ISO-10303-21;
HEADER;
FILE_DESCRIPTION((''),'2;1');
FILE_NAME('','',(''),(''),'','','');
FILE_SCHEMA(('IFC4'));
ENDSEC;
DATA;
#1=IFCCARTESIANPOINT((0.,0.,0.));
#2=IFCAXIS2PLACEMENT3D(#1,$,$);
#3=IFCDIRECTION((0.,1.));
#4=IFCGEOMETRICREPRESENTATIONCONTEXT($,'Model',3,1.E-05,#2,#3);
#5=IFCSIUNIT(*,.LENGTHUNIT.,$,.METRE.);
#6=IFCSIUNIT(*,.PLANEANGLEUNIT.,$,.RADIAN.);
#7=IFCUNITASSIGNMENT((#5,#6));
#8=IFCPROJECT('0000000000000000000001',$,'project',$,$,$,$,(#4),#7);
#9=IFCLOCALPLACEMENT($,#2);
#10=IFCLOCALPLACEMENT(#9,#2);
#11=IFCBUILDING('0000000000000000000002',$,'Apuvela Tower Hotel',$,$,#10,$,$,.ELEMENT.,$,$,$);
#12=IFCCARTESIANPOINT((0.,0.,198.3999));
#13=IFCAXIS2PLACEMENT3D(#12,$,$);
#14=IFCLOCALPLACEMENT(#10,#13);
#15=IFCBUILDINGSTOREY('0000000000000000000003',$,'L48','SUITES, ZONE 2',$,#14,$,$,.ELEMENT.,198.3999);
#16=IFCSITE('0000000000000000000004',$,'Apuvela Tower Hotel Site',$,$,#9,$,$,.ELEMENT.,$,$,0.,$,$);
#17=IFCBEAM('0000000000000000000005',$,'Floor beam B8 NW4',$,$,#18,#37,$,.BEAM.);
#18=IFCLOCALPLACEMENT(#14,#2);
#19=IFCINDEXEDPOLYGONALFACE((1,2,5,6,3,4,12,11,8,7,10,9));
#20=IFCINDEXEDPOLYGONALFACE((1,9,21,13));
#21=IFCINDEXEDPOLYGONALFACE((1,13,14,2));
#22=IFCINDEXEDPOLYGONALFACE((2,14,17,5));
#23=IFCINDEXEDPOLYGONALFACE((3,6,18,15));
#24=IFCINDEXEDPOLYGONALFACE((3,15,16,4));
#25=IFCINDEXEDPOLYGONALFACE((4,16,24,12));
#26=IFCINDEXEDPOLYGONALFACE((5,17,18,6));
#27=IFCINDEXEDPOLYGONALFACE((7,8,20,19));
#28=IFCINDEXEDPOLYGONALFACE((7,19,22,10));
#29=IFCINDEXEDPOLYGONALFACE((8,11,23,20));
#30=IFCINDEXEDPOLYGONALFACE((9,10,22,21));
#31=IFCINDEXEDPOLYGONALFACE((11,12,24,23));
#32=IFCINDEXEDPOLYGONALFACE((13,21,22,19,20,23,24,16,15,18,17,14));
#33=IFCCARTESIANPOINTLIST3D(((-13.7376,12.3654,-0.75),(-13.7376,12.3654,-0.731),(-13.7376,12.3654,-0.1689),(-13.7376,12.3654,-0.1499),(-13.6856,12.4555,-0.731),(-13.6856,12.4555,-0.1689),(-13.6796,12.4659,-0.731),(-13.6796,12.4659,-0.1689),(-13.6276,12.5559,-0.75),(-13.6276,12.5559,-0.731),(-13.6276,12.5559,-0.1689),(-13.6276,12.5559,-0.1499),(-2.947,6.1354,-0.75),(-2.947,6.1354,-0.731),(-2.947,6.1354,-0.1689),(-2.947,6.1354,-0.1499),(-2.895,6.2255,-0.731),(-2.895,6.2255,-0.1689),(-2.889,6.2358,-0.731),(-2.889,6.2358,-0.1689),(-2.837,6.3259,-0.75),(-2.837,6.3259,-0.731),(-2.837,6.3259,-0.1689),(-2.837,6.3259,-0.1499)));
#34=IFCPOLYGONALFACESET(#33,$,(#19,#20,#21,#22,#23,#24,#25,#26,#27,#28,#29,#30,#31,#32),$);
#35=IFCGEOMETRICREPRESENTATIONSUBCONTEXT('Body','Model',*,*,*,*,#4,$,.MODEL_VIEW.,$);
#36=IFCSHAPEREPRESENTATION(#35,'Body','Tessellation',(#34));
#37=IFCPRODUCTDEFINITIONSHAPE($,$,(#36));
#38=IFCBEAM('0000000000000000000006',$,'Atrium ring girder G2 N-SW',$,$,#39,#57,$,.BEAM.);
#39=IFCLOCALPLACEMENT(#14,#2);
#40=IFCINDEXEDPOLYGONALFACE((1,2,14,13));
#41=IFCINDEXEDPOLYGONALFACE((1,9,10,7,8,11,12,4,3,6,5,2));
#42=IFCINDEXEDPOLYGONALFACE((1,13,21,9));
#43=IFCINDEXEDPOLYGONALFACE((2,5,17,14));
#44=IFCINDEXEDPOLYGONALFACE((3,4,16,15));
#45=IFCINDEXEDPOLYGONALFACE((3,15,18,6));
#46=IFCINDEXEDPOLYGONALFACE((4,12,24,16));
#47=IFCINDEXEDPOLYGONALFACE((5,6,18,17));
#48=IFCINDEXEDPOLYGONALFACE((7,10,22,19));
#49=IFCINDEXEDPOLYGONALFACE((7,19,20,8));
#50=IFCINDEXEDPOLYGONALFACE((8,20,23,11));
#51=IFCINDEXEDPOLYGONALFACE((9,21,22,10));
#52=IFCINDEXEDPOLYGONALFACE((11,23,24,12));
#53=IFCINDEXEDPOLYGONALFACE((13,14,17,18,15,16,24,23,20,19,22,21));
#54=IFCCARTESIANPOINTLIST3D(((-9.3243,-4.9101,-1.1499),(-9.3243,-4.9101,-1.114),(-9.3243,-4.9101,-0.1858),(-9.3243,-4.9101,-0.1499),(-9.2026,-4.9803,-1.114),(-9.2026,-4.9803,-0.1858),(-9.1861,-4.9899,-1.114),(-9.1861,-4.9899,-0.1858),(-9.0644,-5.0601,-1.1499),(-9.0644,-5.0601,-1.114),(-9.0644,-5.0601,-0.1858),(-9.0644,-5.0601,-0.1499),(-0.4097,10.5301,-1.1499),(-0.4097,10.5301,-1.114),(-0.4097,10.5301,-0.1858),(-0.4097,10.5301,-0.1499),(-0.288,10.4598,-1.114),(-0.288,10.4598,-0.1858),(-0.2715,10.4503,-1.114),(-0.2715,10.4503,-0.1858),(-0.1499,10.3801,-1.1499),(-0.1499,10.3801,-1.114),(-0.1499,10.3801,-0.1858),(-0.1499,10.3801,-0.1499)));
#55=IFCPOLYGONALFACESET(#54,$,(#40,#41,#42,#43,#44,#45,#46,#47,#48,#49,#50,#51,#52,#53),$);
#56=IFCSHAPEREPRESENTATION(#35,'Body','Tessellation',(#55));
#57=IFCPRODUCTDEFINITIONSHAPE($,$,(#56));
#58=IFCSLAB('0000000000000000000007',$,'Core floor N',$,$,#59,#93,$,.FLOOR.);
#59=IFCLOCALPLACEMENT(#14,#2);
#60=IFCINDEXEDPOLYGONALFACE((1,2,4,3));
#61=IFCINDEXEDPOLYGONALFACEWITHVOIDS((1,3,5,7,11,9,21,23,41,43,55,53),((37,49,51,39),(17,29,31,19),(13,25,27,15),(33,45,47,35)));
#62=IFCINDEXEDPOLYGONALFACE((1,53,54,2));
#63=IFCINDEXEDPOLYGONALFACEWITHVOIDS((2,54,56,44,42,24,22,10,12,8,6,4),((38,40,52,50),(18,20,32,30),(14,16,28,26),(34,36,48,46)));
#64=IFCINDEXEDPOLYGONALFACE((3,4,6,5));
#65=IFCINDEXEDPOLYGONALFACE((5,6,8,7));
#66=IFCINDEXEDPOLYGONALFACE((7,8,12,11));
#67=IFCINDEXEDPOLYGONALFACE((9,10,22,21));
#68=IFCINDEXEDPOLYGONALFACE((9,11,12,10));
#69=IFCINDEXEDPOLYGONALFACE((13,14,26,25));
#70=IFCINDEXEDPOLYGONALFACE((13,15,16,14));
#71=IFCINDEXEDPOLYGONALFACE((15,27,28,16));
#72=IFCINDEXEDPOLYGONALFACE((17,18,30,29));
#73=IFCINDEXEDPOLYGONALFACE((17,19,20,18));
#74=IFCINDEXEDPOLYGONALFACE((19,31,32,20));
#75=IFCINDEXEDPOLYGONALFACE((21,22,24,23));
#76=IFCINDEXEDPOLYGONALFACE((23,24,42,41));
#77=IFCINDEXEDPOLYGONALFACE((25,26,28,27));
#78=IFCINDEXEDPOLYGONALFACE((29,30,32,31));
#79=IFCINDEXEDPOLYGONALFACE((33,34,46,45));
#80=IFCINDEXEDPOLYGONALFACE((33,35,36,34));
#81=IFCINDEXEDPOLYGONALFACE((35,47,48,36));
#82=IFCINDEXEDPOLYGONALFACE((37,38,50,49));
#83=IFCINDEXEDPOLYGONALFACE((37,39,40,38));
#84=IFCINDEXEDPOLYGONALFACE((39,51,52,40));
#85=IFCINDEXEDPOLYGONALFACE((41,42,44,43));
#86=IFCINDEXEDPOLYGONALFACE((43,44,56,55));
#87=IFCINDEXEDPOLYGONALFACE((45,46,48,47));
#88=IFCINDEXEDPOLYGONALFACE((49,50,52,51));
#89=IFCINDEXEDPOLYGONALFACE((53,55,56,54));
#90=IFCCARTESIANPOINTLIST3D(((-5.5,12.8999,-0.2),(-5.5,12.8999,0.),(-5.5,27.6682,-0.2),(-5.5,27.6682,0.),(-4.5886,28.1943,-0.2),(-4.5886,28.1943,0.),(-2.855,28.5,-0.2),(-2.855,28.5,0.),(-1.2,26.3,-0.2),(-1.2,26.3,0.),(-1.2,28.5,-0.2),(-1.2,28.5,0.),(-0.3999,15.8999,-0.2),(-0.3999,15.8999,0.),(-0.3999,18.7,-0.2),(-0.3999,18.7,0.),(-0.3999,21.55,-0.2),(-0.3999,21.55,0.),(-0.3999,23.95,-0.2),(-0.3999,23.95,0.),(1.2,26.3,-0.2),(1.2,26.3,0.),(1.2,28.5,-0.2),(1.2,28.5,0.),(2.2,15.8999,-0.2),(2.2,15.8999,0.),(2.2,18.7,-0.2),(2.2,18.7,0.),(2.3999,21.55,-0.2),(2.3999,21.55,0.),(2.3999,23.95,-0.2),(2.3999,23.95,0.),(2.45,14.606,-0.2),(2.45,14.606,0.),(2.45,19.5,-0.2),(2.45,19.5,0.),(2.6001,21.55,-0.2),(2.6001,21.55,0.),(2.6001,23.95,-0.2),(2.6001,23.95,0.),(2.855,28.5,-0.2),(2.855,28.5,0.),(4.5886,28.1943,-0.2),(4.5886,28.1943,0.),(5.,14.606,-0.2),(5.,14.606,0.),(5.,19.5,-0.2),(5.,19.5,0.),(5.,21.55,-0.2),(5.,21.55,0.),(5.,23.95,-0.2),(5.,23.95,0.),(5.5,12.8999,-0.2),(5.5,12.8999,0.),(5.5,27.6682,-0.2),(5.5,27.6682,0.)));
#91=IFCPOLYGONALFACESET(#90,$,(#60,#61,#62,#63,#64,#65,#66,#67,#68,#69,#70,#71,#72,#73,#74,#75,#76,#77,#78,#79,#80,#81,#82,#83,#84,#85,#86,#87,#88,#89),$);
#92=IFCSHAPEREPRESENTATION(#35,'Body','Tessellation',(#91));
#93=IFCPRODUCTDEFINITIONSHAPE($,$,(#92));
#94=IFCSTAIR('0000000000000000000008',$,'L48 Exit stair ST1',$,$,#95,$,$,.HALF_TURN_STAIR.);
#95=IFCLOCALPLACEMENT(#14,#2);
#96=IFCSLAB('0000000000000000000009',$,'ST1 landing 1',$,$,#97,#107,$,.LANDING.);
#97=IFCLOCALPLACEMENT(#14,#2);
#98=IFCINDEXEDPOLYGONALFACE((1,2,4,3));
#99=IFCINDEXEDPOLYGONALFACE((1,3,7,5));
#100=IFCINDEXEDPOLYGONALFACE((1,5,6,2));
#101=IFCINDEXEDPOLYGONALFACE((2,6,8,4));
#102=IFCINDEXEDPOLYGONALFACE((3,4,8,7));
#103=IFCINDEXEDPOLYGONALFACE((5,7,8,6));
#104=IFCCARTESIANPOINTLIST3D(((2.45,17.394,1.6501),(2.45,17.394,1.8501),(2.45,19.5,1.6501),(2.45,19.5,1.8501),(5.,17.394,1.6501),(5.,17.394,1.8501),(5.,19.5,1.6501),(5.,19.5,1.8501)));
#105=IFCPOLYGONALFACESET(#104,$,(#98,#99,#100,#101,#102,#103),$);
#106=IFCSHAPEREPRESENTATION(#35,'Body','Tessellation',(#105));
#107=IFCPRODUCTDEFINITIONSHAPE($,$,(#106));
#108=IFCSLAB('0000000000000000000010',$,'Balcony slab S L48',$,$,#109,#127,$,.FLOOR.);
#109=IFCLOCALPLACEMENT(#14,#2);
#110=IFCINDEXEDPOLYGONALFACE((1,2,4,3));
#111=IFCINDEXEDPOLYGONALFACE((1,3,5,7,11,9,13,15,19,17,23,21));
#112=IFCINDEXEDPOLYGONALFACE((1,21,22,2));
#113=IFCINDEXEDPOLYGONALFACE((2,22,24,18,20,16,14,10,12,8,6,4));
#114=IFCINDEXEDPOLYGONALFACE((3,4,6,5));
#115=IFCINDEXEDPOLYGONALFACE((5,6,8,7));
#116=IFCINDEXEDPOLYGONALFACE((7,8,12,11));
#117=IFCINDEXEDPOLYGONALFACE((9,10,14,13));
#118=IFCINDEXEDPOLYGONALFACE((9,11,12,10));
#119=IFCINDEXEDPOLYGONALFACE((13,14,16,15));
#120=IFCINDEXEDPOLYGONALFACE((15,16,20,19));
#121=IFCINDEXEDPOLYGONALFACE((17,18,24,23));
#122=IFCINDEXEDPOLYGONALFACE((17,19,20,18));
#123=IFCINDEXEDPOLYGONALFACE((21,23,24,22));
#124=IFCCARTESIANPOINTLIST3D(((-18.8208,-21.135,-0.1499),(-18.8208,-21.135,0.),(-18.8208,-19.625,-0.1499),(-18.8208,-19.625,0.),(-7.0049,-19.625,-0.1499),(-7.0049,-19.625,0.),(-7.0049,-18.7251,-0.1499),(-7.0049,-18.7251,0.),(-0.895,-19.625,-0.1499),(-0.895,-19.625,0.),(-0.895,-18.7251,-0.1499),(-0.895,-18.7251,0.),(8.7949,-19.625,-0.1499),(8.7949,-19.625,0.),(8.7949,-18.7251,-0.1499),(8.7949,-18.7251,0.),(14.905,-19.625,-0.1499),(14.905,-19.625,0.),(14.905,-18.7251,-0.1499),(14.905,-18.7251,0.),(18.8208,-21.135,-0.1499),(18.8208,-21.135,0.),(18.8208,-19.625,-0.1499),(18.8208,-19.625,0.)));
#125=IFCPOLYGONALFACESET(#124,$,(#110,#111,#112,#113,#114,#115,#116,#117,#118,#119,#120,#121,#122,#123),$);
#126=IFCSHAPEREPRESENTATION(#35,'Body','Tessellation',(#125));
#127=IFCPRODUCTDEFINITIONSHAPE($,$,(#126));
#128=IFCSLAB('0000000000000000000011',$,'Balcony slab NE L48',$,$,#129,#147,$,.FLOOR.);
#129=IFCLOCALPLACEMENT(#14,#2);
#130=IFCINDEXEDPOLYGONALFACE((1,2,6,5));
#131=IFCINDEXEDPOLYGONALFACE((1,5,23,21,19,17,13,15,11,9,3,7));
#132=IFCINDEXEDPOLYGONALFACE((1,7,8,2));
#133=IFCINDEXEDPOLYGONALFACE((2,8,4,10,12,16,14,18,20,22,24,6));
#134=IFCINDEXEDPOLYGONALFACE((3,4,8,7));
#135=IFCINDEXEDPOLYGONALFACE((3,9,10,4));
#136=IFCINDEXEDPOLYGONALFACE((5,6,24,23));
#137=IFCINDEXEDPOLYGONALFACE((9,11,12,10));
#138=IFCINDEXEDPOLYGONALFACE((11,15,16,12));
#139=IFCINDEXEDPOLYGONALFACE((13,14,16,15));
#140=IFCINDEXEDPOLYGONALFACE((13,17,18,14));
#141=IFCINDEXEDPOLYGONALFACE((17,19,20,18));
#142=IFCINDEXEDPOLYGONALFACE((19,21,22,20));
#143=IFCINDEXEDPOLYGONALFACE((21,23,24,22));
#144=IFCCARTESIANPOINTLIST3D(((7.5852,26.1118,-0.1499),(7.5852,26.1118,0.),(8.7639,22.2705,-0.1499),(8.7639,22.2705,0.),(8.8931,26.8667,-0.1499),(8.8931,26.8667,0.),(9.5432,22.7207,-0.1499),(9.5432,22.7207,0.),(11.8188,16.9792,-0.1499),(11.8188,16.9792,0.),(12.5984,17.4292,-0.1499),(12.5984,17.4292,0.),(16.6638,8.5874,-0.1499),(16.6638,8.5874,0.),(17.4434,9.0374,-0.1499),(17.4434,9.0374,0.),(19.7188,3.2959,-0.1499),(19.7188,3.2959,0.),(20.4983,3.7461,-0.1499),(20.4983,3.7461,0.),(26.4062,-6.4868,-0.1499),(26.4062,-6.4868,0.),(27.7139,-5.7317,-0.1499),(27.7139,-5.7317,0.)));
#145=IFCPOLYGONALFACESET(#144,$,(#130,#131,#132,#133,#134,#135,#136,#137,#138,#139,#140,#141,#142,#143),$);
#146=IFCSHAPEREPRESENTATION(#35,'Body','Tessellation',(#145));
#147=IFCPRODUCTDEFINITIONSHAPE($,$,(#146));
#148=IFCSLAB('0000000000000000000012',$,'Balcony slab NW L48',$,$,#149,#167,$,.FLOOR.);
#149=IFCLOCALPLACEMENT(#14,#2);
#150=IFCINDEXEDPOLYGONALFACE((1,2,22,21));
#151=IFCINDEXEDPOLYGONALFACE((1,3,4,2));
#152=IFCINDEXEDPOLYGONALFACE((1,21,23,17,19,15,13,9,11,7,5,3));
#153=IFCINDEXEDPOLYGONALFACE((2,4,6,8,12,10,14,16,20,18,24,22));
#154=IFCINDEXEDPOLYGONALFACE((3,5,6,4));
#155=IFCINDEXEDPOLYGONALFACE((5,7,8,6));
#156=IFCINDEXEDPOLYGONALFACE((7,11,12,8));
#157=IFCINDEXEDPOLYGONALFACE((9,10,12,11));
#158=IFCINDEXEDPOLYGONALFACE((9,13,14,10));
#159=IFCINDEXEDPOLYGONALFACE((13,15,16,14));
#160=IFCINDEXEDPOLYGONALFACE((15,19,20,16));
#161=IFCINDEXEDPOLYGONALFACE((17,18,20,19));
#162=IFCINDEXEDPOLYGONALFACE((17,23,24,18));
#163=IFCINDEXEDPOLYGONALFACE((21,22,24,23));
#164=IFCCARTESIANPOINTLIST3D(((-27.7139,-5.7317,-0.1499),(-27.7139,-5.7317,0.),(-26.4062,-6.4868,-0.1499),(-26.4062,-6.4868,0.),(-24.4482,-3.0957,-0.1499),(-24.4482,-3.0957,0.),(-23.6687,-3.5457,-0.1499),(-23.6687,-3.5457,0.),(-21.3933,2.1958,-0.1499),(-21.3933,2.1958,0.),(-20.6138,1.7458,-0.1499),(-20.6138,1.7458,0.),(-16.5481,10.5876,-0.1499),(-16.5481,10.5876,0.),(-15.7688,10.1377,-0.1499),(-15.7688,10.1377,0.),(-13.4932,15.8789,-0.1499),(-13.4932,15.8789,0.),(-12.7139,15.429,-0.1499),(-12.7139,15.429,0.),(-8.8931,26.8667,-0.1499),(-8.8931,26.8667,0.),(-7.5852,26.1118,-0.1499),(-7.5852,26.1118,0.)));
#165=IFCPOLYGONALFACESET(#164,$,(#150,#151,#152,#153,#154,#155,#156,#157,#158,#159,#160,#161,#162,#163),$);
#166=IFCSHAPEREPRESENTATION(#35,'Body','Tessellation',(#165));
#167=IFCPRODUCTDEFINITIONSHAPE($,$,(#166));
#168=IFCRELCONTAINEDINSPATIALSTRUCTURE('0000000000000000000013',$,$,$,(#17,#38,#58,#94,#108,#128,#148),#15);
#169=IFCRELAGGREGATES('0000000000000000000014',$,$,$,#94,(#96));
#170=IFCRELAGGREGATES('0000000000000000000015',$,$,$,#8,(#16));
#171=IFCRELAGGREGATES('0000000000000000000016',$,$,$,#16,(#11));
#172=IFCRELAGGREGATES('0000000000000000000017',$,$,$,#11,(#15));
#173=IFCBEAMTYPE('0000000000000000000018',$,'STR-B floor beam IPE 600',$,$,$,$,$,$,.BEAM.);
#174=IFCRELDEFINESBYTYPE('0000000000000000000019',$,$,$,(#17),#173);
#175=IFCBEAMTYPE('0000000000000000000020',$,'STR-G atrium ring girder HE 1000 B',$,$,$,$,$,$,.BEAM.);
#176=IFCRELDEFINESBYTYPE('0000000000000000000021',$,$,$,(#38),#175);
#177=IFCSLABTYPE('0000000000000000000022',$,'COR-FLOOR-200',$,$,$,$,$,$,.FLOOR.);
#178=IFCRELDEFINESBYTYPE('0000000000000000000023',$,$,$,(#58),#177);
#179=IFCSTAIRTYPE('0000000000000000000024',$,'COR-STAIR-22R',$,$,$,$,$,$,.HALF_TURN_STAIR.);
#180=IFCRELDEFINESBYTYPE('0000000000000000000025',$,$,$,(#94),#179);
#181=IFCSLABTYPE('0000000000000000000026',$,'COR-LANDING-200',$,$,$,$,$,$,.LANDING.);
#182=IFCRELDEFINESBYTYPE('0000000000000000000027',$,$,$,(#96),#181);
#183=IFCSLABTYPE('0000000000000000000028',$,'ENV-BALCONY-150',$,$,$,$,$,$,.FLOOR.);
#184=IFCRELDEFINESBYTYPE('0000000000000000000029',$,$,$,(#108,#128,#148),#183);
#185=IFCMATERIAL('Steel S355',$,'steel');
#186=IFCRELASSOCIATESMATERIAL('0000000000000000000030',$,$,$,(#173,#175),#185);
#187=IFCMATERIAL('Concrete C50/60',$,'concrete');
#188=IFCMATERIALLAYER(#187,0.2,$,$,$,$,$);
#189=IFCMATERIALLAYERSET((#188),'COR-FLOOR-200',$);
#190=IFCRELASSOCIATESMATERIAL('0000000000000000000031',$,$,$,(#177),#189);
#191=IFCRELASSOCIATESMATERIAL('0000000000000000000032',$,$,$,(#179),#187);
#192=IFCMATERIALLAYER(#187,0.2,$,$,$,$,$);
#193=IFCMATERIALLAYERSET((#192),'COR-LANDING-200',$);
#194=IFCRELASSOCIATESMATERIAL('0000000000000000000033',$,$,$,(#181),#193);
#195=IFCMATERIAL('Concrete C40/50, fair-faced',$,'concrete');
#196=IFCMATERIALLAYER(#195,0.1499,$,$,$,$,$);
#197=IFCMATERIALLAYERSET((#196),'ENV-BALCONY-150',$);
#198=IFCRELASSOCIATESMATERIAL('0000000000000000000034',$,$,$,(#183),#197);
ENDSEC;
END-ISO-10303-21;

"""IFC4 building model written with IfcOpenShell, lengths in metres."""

from ifc_helpers import new_model, si_unit, direction, frame, origin, origin_2d, place, context, subcontext, project, spatial, polyline, i_section, outline, extrude, material, layer, layer_set, material_profile, profile_set, type_object, element, aggregate, save


model = new_model("IFC4")

# Units and contexts
model_context = context("Model", 3, precision=1e-05, world=origin(), true_north=direction((0.0, 1.0)))
body_context = subcontext(model_context, "Body", "Model", "MODEL_VIEW")
ifc_project = project(units=[si_unit("LENGTHUNIT", "METRE"), si_unit("PLANEANGLEUNIT", "RADIAN")], contexts=[model_context])

# Site, building, storey
site_placement = place(None, origin())
site = spatial("IfcSite", under=ifc_project, at=site_placement, Name="Apuvela Tower Hotel Site", CompositionType="ELEMENT", RefElevation=0.0)
building_placement = place(site_placement, origin())
building = spatial("IfcBuilding", under=site, at=building_placement, Name="Apuvela Tower Hotel", CompositionType="ELEMENT")
storey_placement = place(building_placement, frame((0.0, 0.0, 198.3999)))
storey = spatial("IfcBuildingStorey", under=building, at=storey_placement, Name="L48", Description="SUITES, ZONE 2", CompositionType="ELEMENT", Elevation=198.3999)

# Beams
ifc_material_1 = material(Name="Steel S355", Category="steel")
ifc_material_profile_1 = material_profile(ifc_material_1, i_section(OverallWidth=0.22, OverallDepth=0.6001, WebThickness=0.012, FlangeThickness=0.019, at=origin_2d()), Name="IPE 600")
ifc_profile_set_1 = profile_set([ifc_material_profile_1], Name="Steel S355")
beam_type_1 = type_object("IfcBeamType", Name="STR-B floor beam IPE 600", PredefinedType="BEAM", material=ifc_profile_set_1)
beam_1_placement = place(storey_placement, frame((-13.6826, 12.4607, -0.45), z_axis=(0.866023, -0.500004, 0.0), x_axis=(0.500004, 0.866023, 0.0)))
element("IfcBeam", 1, at=beam_1_placement, inside=storey, type_object=beam_type_1, Name="Floor beam B8 NW4", PredefinedType="BEAM", context=body_context, shape_type="SweptSolid", body=[
    extrude(i_section(OverallWidth=0.22, OverallDepth=0.6001, WebThickness=0.012, FlangeThickness=0.019, at=origin_2d()), origin(), (0.0, 0.0, 1.0), 12.46),
])
ifc_material_profile_2 = material_profile(ifc_material_1, i_section(OverallWidth=0.3, OverallDepth=1.0, WebThickness=0.019, FlangeThickness=0.0359, at=origin_2d()), Name="HE 1000 B")
ifc_profile_set_2 = profile_set([ifc_material_profile_2], Name="Steel S355")
beam_type_2 = type_object("IfcBeamType", Name="STR-G atrium ring girder HE 1000 B", PredefinedType="BEAM", material=ifc_profile_set_2)
beam_2_placement = place(storey_placement, frame((-0.2798, 10.4551, -0.6499), z_axis=(-0.500007, -0.866022, 0.0), x_axis=(0.866022, -0.500007, 0.0)))
element("IfcBeam", 2, at=beam_2_placement, inside=storey, type_object=beam_type_2, Name="Atrium ring girder G2 N-SW", PredefinedType="BEAM", context=body_context, shape_type="SweptSolid", body=[
    extrude(i_section(OverallWidth=0.3, OverallDepth=1.0, WebThickness=0.019, FlangeThickness=0.0359, at=origin_2d()), origin(), (0.0, 0.0, 1.0), 17.8289),
])

# Slab
ifc_material_2 = material(Name="Concrete C50/60", Category="concrete")
ifc_layer_1 = layer(ifc_material_2, 0.2)
ifc_layer_set_1 = layer_set([ifc_layer_1], Name="COR-FLOOR-200")
slab_type_1 = type_object("IfcSlabType", Name="COR-FLOOR-200", PredefinedType="FLOOR", material=ifc_layer_set_1)
slab_1_placement = place(storey_placement, frame((0.0, 0.0, -0.2)))
element("IfcSlab", 3, at=slab_1_placement, inside=storey, type_object=slab_type_1, Name="Core floor N", PredefinedType="FLOOR", context=body_context, shape_type="SweptSolid", body=[
    extrude(outline(polyline([(5.5, 27.6682), (4.5886, 28.1943), (2.855, 28.5), (1.2, 28.5), (1.2, 26.3), (-1.2, 26.3), (-1.2, 28.5), (-2.855, 28.5), (-4.5886, 28.1943), (-5.5, 27.6682), (-5.5, 12.8999), (5.5, 12.8999), (5.5, 27.6682)]), holes=[polyline([(5.0, 14.606), (2.45, 14.606), (2.45, 19.5), (5.0, 19.5), (5.0, 14.606)]), polyline([(2.2, 15.8999), (-0.3999, 15.8999), (-0.3999, 18.7), (2.2, 18.7), (2.2, 15.8999)]), polyline([(5.0, 21.55), (2.6001, 21.55), (2.6001, 23.95), (5.0, 23.95), (5.0, 21.55)]), polyline([(2.3999, 21.55), (-0.3999, 21.55), (-0.3999, 23.95), (2.3999, 23.95), (2.3999, 21.55)])]), origin(), (0.0, 0.0, 1.0), 0.2),
])

# Stair, slab
stair_type = type_object("IfcStairType", Name="COR-STAIR-22R", PredefinedType="HALF_TURN_STAIR", material=ifc_material_2)
stair_placement = place(storey_placement, origin())
stair = element("IfcStair", 4, at=stair_placement, inside=storey, type_object=stair_type, Name="L48 Exit stair ST1", PredefinedType="HALF_TURN_STAIR")
ifc_layer_2 = layer(ifc_material_2, 0.2)
ifc_layer_set_2 = layer_set([ifc_layer_2], Name="COR-LANDING-200")
slab_type_2 = type_object("IfcSlabType", Name="COR-LANDING-200", PredefinedType="LANDING", material=ifc_layer_set_2)
slab_2_placement = place(storey_placement, frame((0.0, 0.0, 1.6501)))
slab_2 = element("IfcSlab", 5, at=slab_2_placement, type_object=slab_type_2, Name="ST1 landing 1", PredefinedType="LANDING", context=body_context, shape_type="SweptSolid", body=[
    extrude(outline(polyline([(5.0, 17.394), (5.0, 19.5), (2.45, 19.5), (2.45, 17.394), (5.0, 17.394)])), origin(), (0.0, 0.0, 1.0), 0.2),
])
aggregate(stair, [slab_2])

# Slabs
ifc_material_3 = material(Name="Concrete C40/50, fair-faced", Category="concrete")
ifc_layer_3 = layer(ifc_material_3, 0.1499)
ifc_layer_set_3 = layer_set([ifc_layer_3], Name="ENV-BALCONY-150")
slab_type_3 = type_object("IfcSlabType", Name="ENV-BALCONY-150", PredefinedType="FLOOR", material=ifc_layer_set_3)
slab_3_placement = place(storey_placement, frame((0.0, 0.0, -0.1499)))
element("IfcSlab", 6, at=slab_3_placement, inside=storey, type_object=slab_type_3, Name="Balcony slab S L48", PredefinedType="FLOOR", context=body_context, shape_type="SweptSolid", body=[
    extrude(outline(polyline([(18.8208, -21.135), (-18.8208, -21.135), (-18.8208, -19.625), (-7.0049, -19.625), (-7.0049, -18.7251), (-0.895, -18.7251), (-0.895, -19.625), (8.7949, -19.625), (8.7949, -18.7251), (14.905, -18.7251), (14.905, -19.625), (18.8208, -19.625), (18.8208, -21.135)])), origin(), (0.0, 0.0, 1.0), 0.1499),
])
slab_4_placement = place(storey_placement, frame((0.0, 0.0, -0.1499)))
element("IfcSlab", 7, at=slab_4_placement, inside=storey, type_object=slab_type_3, Name="Balcony slab NE L48", PredefinedType="FLOOR", context=body_context, shape_type="SweptSolid", body=[
    extrude(outline(polyline([(17.4434, 9.0374), (12.5984, 17.4292), (11.8188, 16.9792), (8.7639, 22.2705), (9.5432, 22.7207), (7.5852, 26.1118), (8.8931, 26.8667), (27.7139, -5.7317), (26.4062, -6.4868), (20.4983, 3.7461), (19.7188, 3.2959), (16.6638, 8.5874), (17.4434, 9.0374)])), origin(), (0.0, 0.0, 1.0), 0.1499),
])
slab_5_placement = place(storey_placement, frame((0.0, 0.0, -0.1499)))
element("IfcSlab", 8, at=slab_5_placement, inside=storey, type_object=slab_type_3, Name="Balcony slab NW L48", PredefinedType="FLOOR", context=body_context, shape_type="SweptSolid", body=[
    extrude(outline(polyline([(-27.7139, -5.7317), (-8.8931, 26.8667), (-7.5852, 26.1118), (-13.4932, 15.8789), (-12.7139, 15.429), (-15.7688, 10.1377), (-16.5481, 10.5876), (-21.3933, 2.1958), (-20.6138, 1.7458), (-23.6687, -3.5457), (-24.4482, -3.0957), (-26.4062, -6.4868), (-27.7139, -5.7317)])), origin(), (0.0, 0.0, 1.0), 0.1499),
])

save(model, "model.ifc")
